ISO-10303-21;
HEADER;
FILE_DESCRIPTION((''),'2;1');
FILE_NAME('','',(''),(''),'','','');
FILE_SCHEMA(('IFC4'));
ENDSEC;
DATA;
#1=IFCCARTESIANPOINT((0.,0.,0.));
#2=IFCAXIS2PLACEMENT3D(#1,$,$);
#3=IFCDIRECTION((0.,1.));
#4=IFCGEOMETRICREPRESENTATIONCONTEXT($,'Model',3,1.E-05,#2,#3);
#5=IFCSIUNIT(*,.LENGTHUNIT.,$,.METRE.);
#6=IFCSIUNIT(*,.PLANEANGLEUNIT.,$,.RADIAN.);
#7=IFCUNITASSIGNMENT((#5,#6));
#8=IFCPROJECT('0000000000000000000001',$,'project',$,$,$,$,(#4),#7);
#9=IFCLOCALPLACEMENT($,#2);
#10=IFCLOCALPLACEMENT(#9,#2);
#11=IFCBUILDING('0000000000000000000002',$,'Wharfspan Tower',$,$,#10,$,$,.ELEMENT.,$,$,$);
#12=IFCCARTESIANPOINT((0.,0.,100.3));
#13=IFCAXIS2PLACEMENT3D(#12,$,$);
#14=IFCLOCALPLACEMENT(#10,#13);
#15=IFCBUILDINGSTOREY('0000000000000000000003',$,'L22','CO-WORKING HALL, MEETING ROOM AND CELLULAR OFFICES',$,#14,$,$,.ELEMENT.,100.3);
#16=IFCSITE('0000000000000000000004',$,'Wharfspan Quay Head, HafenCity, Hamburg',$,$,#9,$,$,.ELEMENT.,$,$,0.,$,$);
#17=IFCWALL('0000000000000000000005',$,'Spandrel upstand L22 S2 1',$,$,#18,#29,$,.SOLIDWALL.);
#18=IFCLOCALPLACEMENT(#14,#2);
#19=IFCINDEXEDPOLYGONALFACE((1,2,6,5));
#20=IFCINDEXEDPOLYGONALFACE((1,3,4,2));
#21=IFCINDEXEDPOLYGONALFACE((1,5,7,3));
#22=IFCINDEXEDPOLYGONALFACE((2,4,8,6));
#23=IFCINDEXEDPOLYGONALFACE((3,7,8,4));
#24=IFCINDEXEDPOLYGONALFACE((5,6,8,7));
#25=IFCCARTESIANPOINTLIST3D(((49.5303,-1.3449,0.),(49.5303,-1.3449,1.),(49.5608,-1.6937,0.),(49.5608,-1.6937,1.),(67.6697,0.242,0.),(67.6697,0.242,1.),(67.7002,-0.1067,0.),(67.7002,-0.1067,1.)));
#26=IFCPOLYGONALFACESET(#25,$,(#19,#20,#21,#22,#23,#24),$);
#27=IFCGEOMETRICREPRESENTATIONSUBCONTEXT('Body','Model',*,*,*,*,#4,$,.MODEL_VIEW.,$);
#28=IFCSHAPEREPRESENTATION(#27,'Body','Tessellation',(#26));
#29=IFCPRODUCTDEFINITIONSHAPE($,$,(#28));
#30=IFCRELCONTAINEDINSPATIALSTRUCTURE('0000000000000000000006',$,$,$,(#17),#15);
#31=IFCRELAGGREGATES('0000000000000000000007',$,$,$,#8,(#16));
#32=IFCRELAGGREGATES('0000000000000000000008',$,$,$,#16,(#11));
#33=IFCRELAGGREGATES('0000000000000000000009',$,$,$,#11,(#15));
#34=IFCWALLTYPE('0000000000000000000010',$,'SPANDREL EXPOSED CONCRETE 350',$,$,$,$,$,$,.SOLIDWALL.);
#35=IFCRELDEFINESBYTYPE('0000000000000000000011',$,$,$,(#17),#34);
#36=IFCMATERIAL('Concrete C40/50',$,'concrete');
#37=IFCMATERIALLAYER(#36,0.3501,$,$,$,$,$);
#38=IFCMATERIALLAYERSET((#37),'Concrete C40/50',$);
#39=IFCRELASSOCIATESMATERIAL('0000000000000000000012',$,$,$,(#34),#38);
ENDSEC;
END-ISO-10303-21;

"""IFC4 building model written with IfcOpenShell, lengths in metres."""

from ifc_helpers import new_model, si_unit, direction, frame, frame_2d, origin, place, context, subcontext, project, spatial, rectangle, extrude, material, layer, layer_set, type_object, element, save


model = new_model("IFC4")

# Units and contexts
model_context = context("Model", 3, precision=1e-05, world=origin(), true_north=direction((0.0, 1.0)))
body_context = subcontext(model_context, "Body", "Model", "MODEL_VIEW")
ifc_project = project(units=[si_unit("LENGTHUNIT", "METRE"), si_unit("PLANEANGLEUNIT", "RADIAN")], contexts=[model_context])

# Site, building, storey
site_placement = place(None, origin())
site = spatial("IfcSite", under=ifc_project, at=site_placement, Name="Wharfspan Quay Head, HafenCity, Hamburg", CompositionType="ELEMENT", RefElevation=0.0)
building_placement = place(site_placement, origin())
building = spatial("IfcBuilding", under=site, at=building_placement, Name="Wharfspan Tower", CompositionType="ELEMENT")
storey_placement = place(building_placement, frame((0.0, 0.0, 100.3)))
storey = spatial("IfcBuildingStorey", under=building, at=storey_placement, Name="L22", Description="CO-WORKING HALL, MEETING ROOM AND CELLULAR OFFICES", CompositionType="ELEMENT", Elevation=100.3)

# Wall
ifc_material_1 = material(Name="Concrete C40/50", Category="concrete")
ifc_layer_1 = layer(ifc_material_1, 0.3501)
ifc_layer_set_1 = layer_set([ifc_layer_1], Name="Concrete C40/50")
wall_type_1 = type_object("IfcWallType", Name="SPANDREL EXPOSED CONCRETE 350", PredefinedType="SOLIDWALL", material=ifc_layer_set_1)
wall_1_placement = place(storey_placement, frame((49.5454, -1.5193, 0.0), z_axis=(0.0, 0.0, 1.0), x_axis=(0.996191, 0.087151, 0.0)))
element("IfcWall", 1, at=wall_1_placement, inside=storey, type_object=wall_type_1, Name="Spandrel upstand L22 S2 1", PredefinedType="SOLIDWALL", context=body_context, shape_type="SweptSolid", body=[
    extrude(rectangle(XDim=18.2087, YDim=0.3501, at=frame_2d((9.1045, 0.0))), origin(), (0.0, 0.0, 1.0), 1.0),
])

save(model, "model.ifc")
